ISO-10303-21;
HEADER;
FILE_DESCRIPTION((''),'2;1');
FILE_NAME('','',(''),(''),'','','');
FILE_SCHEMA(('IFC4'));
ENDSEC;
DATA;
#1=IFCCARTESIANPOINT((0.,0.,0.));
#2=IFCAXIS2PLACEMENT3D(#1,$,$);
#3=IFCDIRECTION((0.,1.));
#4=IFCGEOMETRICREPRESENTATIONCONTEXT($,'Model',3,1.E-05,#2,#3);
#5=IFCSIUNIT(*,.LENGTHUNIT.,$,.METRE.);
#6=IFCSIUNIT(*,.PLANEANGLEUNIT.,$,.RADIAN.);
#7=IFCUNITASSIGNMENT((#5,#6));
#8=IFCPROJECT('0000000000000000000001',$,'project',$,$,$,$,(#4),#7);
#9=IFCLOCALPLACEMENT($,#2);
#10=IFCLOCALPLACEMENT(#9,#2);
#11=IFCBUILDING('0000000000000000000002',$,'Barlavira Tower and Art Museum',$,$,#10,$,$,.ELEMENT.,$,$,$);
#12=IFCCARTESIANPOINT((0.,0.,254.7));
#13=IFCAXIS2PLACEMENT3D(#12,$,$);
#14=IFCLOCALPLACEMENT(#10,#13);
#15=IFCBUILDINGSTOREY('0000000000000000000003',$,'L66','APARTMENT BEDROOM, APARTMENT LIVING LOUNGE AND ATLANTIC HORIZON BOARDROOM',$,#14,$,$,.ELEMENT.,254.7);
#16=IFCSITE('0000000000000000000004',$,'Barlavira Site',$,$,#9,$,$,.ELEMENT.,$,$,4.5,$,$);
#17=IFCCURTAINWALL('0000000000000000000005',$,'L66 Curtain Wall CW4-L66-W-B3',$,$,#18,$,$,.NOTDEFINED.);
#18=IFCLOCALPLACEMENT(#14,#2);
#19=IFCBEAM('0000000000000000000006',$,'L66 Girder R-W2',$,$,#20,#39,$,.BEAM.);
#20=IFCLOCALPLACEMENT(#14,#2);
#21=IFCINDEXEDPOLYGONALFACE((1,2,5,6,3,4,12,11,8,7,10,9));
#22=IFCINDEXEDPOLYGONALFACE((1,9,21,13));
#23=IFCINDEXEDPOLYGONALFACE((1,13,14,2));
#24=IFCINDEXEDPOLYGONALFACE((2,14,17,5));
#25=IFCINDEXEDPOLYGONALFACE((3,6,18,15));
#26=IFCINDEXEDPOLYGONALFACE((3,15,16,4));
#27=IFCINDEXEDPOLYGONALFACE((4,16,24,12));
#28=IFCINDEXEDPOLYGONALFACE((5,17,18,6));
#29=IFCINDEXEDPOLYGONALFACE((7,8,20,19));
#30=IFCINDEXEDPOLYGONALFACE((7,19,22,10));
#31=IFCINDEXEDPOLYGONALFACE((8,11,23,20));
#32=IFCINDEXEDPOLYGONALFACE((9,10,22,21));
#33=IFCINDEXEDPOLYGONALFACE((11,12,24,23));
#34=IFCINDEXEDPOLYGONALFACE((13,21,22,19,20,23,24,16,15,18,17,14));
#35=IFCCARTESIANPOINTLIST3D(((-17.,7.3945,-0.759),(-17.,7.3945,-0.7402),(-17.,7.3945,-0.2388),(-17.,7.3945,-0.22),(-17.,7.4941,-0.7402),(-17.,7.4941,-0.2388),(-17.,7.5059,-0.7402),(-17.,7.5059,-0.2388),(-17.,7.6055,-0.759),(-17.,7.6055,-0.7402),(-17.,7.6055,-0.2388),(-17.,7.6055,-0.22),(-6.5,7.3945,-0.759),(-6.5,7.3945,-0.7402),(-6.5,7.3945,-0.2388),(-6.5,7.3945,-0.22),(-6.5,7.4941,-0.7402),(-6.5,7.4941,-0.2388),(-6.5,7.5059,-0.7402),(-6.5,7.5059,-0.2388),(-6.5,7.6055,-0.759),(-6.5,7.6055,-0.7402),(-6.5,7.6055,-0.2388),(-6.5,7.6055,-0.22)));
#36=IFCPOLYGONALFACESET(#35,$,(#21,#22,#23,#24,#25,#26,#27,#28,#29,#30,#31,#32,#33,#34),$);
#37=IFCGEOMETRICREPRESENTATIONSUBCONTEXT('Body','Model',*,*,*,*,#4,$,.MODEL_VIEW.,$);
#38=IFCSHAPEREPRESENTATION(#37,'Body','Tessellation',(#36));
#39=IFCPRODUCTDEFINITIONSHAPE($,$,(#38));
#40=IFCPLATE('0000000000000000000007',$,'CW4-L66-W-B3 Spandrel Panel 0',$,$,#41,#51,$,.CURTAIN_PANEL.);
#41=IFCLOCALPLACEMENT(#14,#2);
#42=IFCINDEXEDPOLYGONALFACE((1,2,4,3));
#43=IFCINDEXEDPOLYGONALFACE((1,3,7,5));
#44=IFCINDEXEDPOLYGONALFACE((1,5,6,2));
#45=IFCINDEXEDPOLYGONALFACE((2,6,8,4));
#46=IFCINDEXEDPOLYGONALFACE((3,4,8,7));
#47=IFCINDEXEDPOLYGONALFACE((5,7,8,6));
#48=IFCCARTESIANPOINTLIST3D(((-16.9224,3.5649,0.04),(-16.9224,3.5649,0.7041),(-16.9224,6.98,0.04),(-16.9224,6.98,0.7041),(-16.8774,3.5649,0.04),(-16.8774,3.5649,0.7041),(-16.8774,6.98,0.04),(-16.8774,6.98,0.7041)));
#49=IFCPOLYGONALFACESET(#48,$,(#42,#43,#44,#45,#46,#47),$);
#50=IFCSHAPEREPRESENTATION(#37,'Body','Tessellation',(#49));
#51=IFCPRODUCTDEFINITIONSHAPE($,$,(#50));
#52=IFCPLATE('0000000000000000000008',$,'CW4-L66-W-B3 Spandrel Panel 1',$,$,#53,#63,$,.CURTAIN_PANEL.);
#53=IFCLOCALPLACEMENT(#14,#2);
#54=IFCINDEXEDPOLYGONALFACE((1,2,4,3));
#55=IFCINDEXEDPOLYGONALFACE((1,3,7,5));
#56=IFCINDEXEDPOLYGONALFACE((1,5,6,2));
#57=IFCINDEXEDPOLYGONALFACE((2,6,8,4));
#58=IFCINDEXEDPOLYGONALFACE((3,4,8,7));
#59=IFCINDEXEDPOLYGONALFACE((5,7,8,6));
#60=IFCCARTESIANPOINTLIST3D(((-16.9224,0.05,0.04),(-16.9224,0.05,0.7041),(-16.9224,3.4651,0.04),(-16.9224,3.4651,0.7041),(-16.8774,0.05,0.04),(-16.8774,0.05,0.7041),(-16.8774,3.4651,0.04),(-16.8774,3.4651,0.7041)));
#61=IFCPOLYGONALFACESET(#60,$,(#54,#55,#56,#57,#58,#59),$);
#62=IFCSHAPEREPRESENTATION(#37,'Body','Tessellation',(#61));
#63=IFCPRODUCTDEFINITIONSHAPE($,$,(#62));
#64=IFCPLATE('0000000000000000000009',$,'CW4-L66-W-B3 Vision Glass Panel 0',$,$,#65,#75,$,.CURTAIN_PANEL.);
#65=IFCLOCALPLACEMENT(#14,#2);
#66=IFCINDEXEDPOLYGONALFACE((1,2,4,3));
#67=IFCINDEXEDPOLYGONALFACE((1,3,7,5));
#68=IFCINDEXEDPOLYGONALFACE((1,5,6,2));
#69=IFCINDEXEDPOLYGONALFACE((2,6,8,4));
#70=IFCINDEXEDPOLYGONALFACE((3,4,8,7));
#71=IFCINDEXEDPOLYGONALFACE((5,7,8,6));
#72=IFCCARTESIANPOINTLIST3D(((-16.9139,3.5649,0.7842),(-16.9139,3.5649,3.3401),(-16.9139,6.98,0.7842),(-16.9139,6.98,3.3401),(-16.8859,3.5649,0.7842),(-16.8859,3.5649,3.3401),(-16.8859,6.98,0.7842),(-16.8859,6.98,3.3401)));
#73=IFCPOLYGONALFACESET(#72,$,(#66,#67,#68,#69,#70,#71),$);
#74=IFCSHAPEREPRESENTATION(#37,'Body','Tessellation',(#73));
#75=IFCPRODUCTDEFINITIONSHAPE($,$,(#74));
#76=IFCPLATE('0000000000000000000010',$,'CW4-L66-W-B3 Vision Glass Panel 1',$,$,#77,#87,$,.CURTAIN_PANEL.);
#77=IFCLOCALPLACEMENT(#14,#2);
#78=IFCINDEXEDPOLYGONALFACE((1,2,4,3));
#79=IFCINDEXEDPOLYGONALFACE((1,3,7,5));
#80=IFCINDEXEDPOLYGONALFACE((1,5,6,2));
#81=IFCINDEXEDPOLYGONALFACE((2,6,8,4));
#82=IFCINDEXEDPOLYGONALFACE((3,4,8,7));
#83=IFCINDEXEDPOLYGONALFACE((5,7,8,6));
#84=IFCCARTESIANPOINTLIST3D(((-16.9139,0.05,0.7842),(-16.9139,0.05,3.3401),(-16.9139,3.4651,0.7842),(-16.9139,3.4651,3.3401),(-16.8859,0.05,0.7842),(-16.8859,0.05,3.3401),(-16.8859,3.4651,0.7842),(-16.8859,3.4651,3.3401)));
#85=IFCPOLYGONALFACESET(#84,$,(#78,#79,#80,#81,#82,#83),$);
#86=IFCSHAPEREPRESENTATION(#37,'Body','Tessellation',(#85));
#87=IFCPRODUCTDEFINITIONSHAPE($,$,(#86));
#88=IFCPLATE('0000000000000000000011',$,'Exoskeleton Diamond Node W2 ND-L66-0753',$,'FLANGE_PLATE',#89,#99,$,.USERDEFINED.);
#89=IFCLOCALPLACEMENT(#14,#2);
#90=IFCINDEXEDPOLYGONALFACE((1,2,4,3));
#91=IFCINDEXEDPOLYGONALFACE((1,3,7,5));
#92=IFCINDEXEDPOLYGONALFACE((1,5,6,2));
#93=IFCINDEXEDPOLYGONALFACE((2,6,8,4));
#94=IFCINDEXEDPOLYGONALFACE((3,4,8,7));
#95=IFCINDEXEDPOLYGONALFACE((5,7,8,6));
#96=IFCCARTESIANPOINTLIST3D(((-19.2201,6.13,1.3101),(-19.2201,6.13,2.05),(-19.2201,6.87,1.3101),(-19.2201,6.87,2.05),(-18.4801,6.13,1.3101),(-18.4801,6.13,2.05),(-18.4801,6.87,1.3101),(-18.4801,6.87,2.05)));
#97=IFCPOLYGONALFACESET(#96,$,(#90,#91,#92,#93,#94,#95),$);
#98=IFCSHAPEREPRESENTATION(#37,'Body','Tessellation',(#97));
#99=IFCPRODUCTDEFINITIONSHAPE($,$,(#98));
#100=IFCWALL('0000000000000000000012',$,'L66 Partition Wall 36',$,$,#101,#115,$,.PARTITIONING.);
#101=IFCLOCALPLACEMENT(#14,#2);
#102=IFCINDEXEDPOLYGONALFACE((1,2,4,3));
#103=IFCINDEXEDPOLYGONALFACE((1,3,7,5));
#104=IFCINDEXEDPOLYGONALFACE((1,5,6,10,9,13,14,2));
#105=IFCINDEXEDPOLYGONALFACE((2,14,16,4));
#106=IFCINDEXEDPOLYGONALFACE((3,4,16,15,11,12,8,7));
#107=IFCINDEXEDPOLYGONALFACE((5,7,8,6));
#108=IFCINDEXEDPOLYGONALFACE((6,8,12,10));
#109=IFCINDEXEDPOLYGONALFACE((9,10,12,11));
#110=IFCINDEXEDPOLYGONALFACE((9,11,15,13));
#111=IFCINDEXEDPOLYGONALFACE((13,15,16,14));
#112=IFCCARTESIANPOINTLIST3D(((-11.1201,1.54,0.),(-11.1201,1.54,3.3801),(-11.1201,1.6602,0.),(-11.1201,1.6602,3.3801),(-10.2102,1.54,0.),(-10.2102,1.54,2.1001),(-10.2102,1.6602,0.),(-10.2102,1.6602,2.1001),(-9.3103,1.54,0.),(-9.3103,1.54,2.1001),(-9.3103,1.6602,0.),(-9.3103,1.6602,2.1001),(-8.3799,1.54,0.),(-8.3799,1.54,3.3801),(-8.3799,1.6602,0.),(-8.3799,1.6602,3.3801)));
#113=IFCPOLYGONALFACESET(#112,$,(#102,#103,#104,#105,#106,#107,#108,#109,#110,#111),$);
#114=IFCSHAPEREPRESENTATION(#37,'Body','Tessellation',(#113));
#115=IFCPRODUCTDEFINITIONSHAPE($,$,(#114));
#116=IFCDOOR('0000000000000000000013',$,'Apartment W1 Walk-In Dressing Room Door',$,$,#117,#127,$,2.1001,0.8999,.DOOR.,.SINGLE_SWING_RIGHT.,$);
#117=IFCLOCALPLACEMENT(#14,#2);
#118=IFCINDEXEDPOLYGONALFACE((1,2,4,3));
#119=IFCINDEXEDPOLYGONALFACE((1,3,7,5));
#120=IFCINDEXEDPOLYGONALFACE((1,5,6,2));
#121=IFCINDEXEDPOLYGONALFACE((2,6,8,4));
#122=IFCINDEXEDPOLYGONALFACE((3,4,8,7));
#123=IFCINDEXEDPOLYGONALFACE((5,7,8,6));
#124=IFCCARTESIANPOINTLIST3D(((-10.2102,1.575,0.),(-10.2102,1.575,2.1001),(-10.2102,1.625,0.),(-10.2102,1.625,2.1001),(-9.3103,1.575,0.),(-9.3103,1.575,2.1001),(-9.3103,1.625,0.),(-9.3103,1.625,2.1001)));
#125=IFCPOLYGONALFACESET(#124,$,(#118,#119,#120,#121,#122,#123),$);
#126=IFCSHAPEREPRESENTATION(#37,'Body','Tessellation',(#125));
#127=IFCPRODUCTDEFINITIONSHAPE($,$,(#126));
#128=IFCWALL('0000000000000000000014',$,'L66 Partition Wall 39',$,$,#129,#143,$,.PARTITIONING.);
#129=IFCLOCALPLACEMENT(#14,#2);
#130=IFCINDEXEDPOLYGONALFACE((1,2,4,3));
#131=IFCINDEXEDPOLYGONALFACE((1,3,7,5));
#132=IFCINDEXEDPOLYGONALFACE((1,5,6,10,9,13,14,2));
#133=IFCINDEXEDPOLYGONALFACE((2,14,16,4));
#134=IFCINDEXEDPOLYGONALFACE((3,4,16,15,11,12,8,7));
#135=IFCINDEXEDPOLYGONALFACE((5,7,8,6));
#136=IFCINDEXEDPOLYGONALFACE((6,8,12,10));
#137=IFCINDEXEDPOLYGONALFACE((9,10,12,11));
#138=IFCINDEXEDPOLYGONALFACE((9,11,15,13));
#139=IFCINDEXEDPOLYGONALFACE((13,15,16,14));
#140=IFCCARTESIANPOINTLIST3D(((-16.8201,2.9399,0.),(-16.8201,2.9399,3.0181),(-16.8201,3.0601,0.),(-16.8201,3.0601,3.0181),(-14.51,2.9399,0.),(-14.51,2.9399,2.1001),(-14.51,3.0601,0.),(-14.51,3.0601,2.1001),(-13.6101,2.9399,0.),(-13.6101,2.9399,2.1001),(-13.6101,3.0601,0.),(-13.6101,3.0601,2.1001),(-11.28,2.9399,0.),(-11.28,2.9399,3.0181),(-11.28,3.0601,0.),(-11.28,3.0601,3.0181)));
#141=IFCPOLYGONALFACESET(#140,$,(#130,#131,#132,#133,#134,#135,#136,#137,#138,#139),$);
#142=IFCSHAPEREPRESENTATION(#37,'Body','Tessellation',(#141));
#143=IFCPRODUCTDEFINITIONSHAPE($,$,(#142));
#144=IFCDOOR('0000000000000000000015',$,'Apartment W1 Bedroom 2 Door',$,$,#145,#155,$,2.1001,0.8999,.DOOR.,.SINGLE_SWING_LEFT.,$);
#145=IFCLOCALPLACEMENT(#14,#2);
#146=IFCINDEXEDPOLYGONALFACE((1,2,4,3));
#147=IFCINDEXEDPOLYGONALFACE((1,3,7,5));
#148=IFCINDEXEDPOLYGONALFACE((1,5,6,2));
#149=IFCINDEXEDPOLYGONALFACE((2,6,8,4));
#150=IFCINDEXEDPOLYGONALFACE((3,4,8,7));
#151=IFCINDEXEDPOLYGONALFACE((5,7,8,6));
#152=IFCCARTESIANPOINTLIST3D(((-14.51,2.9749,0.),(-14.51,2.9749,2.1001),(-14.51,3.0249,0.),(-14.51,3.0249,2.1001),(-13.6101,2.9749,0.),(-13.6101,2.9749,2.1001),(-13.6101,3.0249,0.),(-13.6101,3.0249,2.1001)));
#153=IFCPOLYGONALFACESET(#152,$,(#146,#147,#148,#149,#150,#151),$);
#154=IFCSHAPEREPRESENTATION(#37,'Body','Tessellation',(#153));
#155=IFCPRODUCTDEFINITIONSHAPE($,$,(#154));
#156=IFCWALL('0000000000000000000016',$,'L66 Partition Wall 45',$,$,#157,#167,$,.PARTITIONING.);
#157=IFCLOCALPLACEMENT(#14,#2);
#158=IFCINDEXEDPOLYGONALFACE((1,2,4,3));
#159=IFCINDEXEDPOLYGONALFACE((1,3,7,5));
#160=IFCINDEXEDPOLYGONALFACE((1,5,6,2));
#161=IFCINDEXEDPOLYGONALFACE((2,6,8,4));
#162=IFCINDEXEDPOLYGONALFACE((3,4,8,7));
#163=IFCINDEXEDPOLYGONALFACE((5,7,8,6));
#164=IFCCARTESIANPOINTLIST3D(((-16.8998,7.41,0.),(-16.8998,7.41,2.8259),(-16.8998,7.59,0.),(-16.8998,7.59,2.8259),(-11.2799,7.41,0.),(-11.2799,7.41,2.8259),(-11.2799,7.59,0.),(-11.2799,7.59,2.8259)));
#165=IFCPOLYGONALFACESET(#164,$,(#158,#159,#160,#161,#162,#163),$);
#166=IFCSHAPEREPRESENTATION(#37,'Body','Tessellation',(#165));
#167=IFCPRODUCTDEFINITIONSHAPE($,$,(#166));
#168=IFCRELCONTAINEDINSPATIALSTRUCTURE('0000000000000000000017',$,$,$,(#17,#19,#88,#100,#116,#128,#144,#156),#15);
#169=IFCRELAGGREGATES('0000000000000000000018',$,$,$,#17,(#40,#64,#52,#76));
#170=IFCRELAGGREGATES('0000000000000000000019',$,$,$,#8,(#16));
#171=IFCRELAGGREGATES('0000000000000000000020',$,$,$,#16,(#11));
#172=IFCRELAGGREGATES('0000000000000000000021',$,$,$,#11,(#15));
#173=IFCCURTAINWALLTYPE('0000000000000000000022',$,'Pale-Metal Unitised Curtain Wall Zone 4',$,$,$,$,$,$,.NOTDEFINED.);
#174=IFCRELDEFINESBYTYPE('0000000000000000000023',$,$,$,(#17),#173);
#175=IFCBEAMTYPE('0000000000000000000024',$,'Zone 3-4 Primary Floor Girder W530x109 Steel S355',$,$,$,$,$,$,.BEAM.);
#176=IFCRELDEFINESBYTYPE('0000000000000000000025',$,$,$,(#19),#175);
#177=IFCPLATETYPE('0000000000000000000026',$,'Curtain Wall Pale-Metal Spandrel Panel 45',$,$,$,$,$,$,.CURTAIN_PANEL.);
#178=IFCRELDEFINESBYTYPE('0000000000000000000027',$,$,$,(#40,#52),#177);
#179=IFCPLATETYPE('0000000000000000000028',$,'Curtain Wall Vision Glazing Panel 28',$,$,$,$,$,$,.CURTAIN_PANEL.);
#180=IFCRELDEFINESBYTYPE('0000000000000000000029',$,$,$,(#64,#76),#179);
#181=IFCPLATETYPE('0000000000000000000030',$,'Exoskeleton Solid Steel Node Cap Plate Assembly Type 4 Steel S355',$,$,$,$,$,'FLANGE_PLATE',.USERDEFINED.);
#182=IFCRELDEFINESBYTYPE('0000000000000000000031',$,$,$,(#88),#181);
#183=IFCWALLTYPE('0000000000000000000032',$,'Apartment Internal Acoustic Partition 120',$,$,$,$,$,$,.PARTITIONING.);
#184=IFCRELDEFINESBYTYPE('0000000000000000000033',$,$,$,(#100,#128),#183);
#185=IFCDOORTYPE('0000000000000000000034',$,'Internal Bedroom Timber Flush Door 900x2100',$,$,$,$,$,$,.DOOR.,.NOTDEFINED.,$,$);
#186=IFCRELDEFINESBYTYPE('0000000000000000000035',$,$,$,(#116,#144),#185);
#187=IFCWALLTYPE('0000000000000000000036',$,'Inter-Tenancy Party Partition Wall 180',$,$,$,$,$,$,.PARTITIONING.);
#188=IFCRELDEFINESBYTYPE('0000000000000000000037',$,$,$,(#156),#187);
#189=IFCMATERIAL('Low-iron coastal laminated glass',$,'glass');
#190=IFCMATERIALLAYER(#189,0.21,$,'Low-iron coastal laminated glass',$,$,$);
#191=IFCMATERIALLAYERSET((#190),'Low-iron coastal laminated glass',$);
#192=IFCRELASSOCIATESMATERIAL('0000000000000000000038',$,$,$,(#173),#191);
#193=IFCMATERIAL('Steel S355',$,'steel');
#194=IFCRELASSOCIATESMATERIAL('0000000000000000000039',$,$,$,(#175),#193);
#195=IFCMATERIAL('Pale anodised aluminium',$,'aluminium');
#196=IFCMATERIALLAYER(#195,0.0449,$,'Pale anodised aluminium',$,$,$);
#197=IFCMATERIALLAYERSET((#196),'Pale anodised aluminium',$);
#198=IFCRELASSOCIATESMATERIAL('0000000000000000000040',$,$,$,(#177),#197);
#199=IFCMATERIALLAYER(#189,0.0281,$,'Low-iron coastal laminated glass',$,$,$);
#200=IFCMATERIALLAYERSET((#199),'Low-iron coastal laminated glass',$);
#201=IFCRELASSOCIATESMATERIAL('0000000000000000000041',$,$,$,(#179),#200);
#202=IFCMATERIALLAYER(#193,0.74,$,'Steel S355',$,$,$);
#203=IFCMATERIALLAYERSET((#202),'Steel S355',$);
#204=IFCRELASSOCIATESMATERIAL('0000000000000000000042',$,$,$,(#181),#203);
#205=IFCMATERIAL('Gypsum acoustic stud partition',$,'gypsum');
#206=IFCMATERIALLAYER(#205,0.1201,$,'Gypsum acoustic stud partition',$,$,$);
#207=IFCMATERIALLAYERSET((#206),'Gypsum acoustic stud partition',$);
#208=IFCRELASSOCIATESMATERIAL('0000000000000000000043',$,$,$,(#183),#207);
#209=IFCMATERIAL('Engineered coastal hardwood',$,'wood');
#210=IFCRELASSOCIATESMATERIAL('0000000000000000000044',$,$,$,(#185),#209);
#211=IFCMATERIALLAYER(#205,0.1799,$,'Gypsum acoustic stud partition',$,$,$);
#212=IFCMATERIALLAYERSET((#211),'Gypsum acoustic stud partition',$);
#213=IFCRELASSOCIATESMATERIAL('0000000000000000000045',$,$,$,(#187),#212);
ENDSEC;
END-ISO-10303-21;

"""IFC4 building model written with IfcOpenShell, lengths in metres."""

from ifc_helpers import new_model, si_unit, direction, frame, frame_2d, origin, origin_2d, place, context, subcontext, project, spatial, rectangle, i_section, extrude, material, layer, layer_set, material_profile, profile_set, type_object, element, fill, aggregate, save


model = new_model("IFC4")

# Units and contexts
model_context = context("Model", 3, precision=1e-05, world=origin(), true_north=direction((0.0, 1.0)))
body_context = subcontext(model_context, "Body", "Model", "MODEL_VIEW")
ifc_project = project(units=[si_unit("LENGTHUNIT", "METRE"), si_unit("PLANEANGLEUNIT", "RADIAN")], contexts=[model_context])

# Site, building, storey
site_placement = place(None, origin())
site = spatial("IfcSite", under=ifc_project, at=site_placement, Name="Barlavira Site", CompositionType="ELEMENT", RefElevation=4.5)
building_placement = place(site_placement, origin())
building = spatial("IfcBuilding", under=site, at=building_placement, Name="Barlavira Tower and Art Museum", CompositionType="ELEMENT")
storey_placement = place(building_placement, frame((0.0, 0.0, 254.7)))
storey = spatial("IfcBuildingStorey", under=building, at=storey_placement, Name="L66", Description="APARTMENT BEDROOM, APARTMENT LIVING LOUNGE AND ATLANTIC HORIZON BOARDROOM", CompositionType="ELEMENT", Elevation=254.7)

# Curtain wall
ifc_material_1 = material(Name="Low-iron coastal laminated glass", Category="glass")
ifc_layer_1 = layer(ifc_material_1, 0.21, Name="Low-iron coastal laminated glass")
ifc_layer_set_1 = layer_set([ifc_layer_1], Name="Low-iron coastal laminated glass")
curtain_wall_type = type_object("IfcCurtainWallType", Name="Pale-Metal Unitised Curtain Wall Zone 4", PredefinedType="NOTDEFINED", material=ifc_layer_set_1)
curtain_wall_placement = place(storey_placement, origin())
curtain_wall = element("IfcCurtainWall", 1, at=curtain_wall_placement, inside=storey, type_object=curtain_wall_type, Name="L66 Curtain Wall CW4-L66-W-B3", PredefinedType="NOTDEFINED")
ifc_material_2 = material(Name="Pale anodised aluminium", Category="aluminium")

# Beam
ifc_material_3 = material(Name="Steel S355", Category="steel")
ifc_material_profile_1 = material_profile(ifc_material_3, i_section(OverallWidth=0.2109, OverallDepth=0.5391, WebThickness=0.0117, FlangeThickness=0.0188, at=origin_2d()), Name="W530x109.0")
ifc_profile_set_1 = profile_set([ifc_material_profile_1], Name="Steel S355")
beam_type_1 = type_object("IfcBeamType", Name="Zone 3-4 Primary Floor Girder W530x109 Steel S355", PredefinedType="BEAM", material=ifc_profile_set_1)
beam_1_placement = place(storey_placement, frame((-17.0, 7.5, -0.4895), z_axis=(1.0, 0.0, 0.0), x_axis=(0.0, 1.0, 0.0)))
element("IfcBeam", 2, at=beam_1_placement, inside=storey, type_object=beam_type_1, Name="L66 Girder R-W2", PredefinedType="BEAM", context=body_context, shape_type="SweptSolid", body=[
    extrude(i_section(OverallWidth=0.2109, OverallDepth=0.5391, WebThickness=0.0117, FlangeThickness=0.0188, at=origin_2d()), origin(), (0.0, 0.0, 1.0), 10.5),
])

# Plates
ifc_layer_2 = layer(ifc_material_2, 0.0449, Name="Pale anodised aluminium")
ifc_layer_set_2 = layer_set([ifc_layer_2], Name="Pale anodised aluminium")
plate_type_1 = type_object("IfcPlateType", Name="Curtain Wall Pale-Metal Spandrel Panel 45", PredefinedType="CURTAIN_PANEL", material=ifc_layer_set_2)
plate_1_placement = place(storey_placement, frame((-16.8999, 5.2725, 0.04), z_axis=(0.0, 0.0, 1.0), x_axis=(0.0, -1.0, 0.0)))
plate_1 = element("IfcPlate", 3, at=plate_1_placement, type_object=plate_type_1, Name="CW4-L66-W-B3 Spandrel Panel 0", PredefinedType="CURTAIN_PANEL", context=body_context, shape_type="SweptSolid", body=[
    extrude(rectangle(XDim=3.415, YDim=0.0449, at=origin_2d()), origin(), (0.0, 0.0, 1.0), 0.6641),
])
plate_2_placement = place(storey_placement, frame((-16.8999, 1.7576, 0.04), z_axis=(0.0, 0.0, 1.0), x_axis=(0.0, -1.0, 0.0)))
plate_2 = element("IfcPlate", 4, at=plate_2_placement, type_object=plate_type_1, Name="CW4-L66-W-B3 Spandrel Panel 1", PredefinedType="CURTAIN_PANEL", context=body_context, shape_type="SweptSolid", body=[
    extrude(rectangle(XDim=3.415, YDim=0.0449, at=origin_2d()), origin(), (0.0, 0.0, 1.0), 0.6641),
])
ifc_layer_3 = layer(ifc_material_1, 0.0281, Name="Low-iron coastal laminated glass")
ifc_layer_set_3 = layer_set([ifc_layer_3], Name="Low-iron coastal laminated glass")
plate_type_2 = type_object("IfcPlateType", Name="Curtain Wall Vision Glazing Panel 28", PredefinedType="CURTAIN_PANEL", material=ifc_layer_set_3)
plate_3_placement = place(storey_placement, frame((-16.8999, 5.2725, 0.7842), z_axis=(0.0, 0.0, 1.0), x_axis=(0.0, -1.0, 0.0)))
plate_3 = element("IfcPlate", 5, at=plate_3_placement, type_object=plate_type_2, Name="CW4-L66-W-B3 Vision Glass Panel 0", PredefinedType="CURTAIN_PANEL", context=body_context, shape_type="SweptSolid", body=[
    extrude(rectangle(XDim=3.415, YDim=0.0281, at=origin_2d()), origin(), (0.0, 0.0, 1.0), 2.5559),
])
plate_4_placement = place(storey_placement, frame((-16.8999, 1.7576, 0.7842), z_axis=(0.0, 0.0, 1.0), x_axis=(0.0, -1.0, 0.0)))
plate_4 = element("IfcPlate", 6, at=plate_4_placement, type_object=plate_type_2, Name="CW4-L66-W-B3 Vision Glass Panel 1", PredefinedType="CURTAIN_PANEL", context=body_context, shape_type="SweptSolid", body=[
    extrude(rectangle(XDim=3.415, YDim=0.0281, at=origin_2d()), origin(), (0.0, 0.0, 1.0), 2.5559),
])
aggregate(curtain_wall, [plate_1, plate_3, plate_2, plate_4])
ifc_layer_4 = layer(ifc_material_3, 0.74, Name="Steel S355")
ifc_layer_set_4 = layer_set([ifc_layer_4], Name="Steel S355")
plate_type_3 = type_object("IfcPlateType", Name="Exoskeleton Solid Steel Node Cap Plate Assembly Type 4 Steel S355", ElementType="FLANGE_PLATE", PredefinedType="USERDEFINED", material=ifc_layer_set_4)
plate_5_placement = place(storey_placement, frame((-18.8501, 6.5, 1.3101), z_axis=(0.0, 0.0, 1.0), x_axis=(1.0, 0.0, 0.0)))
element("IfcPlate", 7, at=plate_5_placement, inside=storey, type_object=plate_type_3, Name="Exoskeleton Diamond Node W2 ND-L66-0753", ObjectType="FLANGE_PLATE", PredefinedType="USERDEFINED", context=body_context, shape_type="SweptSolid", body=[
    extrude(rectangle(XDim=0.74, YDim=0.74, at=origin_2d()), origin(), (0.0, 0.0, 1.0), 0.74),
])

# Walls, openings, doors
ifc_material_4 = material(Name="Gypsum acoustic stud partition", Category="gypsum")
ifc_layer_5 = layer(ifc_material_4, 0.1201, Name="Gypsum acoustic stud partition")
ifc_layer_set_5 = layer_set([ifc_layer_5], Name="Gypsum acoustic stud partition")
wall_type_1 = type_object("IfcWallType", Name="Apartment Internal Acoustic Partition 120", PredefinedType="PARTITIONING", material=ifc_layer_set_5)
wall_1_placement = place(storey_placement, frame((-11.1201, 1.6001, 0.0), z_axis=(0.0, 0.0, 1.0), x_axis=(1.0, 0.0, 0.0)))
wall_1 = element("IfcWall", 8, at=wall_1_placement, inside=storey, type_object=wall_type_1, Name="L66 Partition Wall 36", PredefinedType="PARTITIONING", context=body_context, shape_type="SweptSolid", body=[
    extrude(rectangle(XDim=2.7402, YDim=0.1201, at=frame_2d((1.3701, 0.0))), origin(), (0.0, 0.0, 1.0), 3.3801),
])
opening_1_placement = place(wall_1_placement, frame((0.9099, 0.0, 0.0)))
opening_1 = element("IfcOpeningElement", 9, at=opening_1_placement, cuts=wall_1, PredefinedType="OPENING", context=body_context, shape_type="SweptSolid", body=[
    extrude(rectangle(XDim=0.8999, YDim=2.1001, at=frame_2d((0.45, 1.05))), frame((0.0, 0.0701, 0.0), z_axis=(0.0, -1.0, 0.0), x_axis=(1.0, 0.0, 0.0)), (0.0, 0.0, 1.0), 0.1401),
])
ifc_material_5 = material(Name="Engineered coastal hardwood", Category="wood")
door_type = type_object("IfcDoorType", Name="Internal Bedroom Timber Flush Door 900x2100", OperationType="NOTDEFINED", PredefinedType="DOOR", material=ifc_material_5)
door_1_placement = place(opening_1_placement, origin())
door_1 = element("IfcDoor", 10, at=door_1_placement, inside=storey, type_object=door_type, Name="Apartment W1 Walk-In Dressing Room Door", OperationType="SINGLE_SWING_RIGHT", OverallHeight=2.1001, OverallWidth=0.8999, PredefinedType="DOOR", context=body_context, shape_type="SweptSolid", body=[
    extrude(rectangle(XDim=0.8999, YDim=2.1001, at=frame_2d((0.45, 1.05))), frame((0.0, 0.0249, 0.0), z_axis=(0.0, -1.0, 0.0), x_axis=(1.0, 0.0, 0.0)), (0.0, 0.0, 1.0), 0.05),
])
fill(opening_1, door_1)
wall_2_placement = place(storey_placement, frame((-16.8201, 3.0, 0.0), z_axis=(0.0, 0.0, 1.0), x_axis=(1.0, 0.0, 0.0)))
wall_2 = element("IfcWall", 11, at=wall_2_placement, inside=storey, type_object=wall_type_1, Name="L66 Partition Wall 39", PredefinedType="PARTITIONING", context=body_context, shape_type="SweptSolid", body=[
    extrude(rectangle(XDim=5.54, YDim=0.1201, at=frame_2d((2.77, 0.0))), origin(), (0.0, 0.0, 1.0), 3.0181),
])
opening_2_placement = place(wall_2_placement, frame((2.3101, 0.0, 0.0)))
opening_2 = element("IfcOpeningElement", 12, at=opening_2_placement, cuts=wall_2, PredefinedType="OPENING", context=body_context, shape_type="SweptSolid", body=[
    extrude(rectangle(XDim=0.8999, YDim=2.1001, at=frame_2d((0.45, 1.05))), frame((0.0, 0.0701, 0.0), z_axis=(0.0, -1.0, 0.0), x_axis=(1.0, 0.0, 0.0)), (0.0, 0.0, 1.0), 0.1401),
])
door_2_placement = place(opening_2_placement, origin())
door_2 = element("IfcDoor", 13, at=door_2_placement, inside=storey, type_object=door_type, Name="Apartment W1 Bedroom 2 Door", OperationType="SINGLE_SWING_LEFT", OverallHeight=2.1001, OverallWidth=0.8999, PredefinedType="DOOR", context=body_context, shape_type="SweptSolid", body=[
    extrude(rectangle(XDim=0.8999, YDim=2.1001, at=frame_2d((0.45, 1.05))), frame((0.0, 0.0249, 0.0), z_axis=(0.0, -1.0, 0.0), x_axis=(1.0, 0.0, 0.0)), (0.0, 0.0, 1.0), 0.05),
])
fill(opening_2, door_2)

# Wall
ifc_layer_6 = layer(ifc_material_4, 0.1799, Name="Gypsum acoustic stud partition")
ifc_layer_set_6 = layer_set([ifc_layer_6], Name="Gypsum acoustic stud partition")
wall_type_2 = type_object("IfcWallType", Name="Inter-Tenancy Party Partition Wall 180", PredefinedType="PARTITIONING", material=ifc_layer_set_6)
wall_3_placement = place(storey_placement, frame((-16.8999, 7.5, 0.0), z_axis=(0.0, 0.0, 1.0), x_axis=(1.0, 0.0, 0.0)))
element("IfcWall", 14, at=wall_3_placement, inside=storey, type_object=wall_type_2, Name="L66 Partition Wall 45", PredefinedType="PARTITIONING", context=body_context, shape_type="SweptSolid", body=[
    extrude(rectangle(XDim=5.6199, YDim=0.1799, at=frame_2d((2.8101, 0.0))), origin(), (0.0, 0.0, 1.0), 2.8259),
])

save(model, "model.ifc")
